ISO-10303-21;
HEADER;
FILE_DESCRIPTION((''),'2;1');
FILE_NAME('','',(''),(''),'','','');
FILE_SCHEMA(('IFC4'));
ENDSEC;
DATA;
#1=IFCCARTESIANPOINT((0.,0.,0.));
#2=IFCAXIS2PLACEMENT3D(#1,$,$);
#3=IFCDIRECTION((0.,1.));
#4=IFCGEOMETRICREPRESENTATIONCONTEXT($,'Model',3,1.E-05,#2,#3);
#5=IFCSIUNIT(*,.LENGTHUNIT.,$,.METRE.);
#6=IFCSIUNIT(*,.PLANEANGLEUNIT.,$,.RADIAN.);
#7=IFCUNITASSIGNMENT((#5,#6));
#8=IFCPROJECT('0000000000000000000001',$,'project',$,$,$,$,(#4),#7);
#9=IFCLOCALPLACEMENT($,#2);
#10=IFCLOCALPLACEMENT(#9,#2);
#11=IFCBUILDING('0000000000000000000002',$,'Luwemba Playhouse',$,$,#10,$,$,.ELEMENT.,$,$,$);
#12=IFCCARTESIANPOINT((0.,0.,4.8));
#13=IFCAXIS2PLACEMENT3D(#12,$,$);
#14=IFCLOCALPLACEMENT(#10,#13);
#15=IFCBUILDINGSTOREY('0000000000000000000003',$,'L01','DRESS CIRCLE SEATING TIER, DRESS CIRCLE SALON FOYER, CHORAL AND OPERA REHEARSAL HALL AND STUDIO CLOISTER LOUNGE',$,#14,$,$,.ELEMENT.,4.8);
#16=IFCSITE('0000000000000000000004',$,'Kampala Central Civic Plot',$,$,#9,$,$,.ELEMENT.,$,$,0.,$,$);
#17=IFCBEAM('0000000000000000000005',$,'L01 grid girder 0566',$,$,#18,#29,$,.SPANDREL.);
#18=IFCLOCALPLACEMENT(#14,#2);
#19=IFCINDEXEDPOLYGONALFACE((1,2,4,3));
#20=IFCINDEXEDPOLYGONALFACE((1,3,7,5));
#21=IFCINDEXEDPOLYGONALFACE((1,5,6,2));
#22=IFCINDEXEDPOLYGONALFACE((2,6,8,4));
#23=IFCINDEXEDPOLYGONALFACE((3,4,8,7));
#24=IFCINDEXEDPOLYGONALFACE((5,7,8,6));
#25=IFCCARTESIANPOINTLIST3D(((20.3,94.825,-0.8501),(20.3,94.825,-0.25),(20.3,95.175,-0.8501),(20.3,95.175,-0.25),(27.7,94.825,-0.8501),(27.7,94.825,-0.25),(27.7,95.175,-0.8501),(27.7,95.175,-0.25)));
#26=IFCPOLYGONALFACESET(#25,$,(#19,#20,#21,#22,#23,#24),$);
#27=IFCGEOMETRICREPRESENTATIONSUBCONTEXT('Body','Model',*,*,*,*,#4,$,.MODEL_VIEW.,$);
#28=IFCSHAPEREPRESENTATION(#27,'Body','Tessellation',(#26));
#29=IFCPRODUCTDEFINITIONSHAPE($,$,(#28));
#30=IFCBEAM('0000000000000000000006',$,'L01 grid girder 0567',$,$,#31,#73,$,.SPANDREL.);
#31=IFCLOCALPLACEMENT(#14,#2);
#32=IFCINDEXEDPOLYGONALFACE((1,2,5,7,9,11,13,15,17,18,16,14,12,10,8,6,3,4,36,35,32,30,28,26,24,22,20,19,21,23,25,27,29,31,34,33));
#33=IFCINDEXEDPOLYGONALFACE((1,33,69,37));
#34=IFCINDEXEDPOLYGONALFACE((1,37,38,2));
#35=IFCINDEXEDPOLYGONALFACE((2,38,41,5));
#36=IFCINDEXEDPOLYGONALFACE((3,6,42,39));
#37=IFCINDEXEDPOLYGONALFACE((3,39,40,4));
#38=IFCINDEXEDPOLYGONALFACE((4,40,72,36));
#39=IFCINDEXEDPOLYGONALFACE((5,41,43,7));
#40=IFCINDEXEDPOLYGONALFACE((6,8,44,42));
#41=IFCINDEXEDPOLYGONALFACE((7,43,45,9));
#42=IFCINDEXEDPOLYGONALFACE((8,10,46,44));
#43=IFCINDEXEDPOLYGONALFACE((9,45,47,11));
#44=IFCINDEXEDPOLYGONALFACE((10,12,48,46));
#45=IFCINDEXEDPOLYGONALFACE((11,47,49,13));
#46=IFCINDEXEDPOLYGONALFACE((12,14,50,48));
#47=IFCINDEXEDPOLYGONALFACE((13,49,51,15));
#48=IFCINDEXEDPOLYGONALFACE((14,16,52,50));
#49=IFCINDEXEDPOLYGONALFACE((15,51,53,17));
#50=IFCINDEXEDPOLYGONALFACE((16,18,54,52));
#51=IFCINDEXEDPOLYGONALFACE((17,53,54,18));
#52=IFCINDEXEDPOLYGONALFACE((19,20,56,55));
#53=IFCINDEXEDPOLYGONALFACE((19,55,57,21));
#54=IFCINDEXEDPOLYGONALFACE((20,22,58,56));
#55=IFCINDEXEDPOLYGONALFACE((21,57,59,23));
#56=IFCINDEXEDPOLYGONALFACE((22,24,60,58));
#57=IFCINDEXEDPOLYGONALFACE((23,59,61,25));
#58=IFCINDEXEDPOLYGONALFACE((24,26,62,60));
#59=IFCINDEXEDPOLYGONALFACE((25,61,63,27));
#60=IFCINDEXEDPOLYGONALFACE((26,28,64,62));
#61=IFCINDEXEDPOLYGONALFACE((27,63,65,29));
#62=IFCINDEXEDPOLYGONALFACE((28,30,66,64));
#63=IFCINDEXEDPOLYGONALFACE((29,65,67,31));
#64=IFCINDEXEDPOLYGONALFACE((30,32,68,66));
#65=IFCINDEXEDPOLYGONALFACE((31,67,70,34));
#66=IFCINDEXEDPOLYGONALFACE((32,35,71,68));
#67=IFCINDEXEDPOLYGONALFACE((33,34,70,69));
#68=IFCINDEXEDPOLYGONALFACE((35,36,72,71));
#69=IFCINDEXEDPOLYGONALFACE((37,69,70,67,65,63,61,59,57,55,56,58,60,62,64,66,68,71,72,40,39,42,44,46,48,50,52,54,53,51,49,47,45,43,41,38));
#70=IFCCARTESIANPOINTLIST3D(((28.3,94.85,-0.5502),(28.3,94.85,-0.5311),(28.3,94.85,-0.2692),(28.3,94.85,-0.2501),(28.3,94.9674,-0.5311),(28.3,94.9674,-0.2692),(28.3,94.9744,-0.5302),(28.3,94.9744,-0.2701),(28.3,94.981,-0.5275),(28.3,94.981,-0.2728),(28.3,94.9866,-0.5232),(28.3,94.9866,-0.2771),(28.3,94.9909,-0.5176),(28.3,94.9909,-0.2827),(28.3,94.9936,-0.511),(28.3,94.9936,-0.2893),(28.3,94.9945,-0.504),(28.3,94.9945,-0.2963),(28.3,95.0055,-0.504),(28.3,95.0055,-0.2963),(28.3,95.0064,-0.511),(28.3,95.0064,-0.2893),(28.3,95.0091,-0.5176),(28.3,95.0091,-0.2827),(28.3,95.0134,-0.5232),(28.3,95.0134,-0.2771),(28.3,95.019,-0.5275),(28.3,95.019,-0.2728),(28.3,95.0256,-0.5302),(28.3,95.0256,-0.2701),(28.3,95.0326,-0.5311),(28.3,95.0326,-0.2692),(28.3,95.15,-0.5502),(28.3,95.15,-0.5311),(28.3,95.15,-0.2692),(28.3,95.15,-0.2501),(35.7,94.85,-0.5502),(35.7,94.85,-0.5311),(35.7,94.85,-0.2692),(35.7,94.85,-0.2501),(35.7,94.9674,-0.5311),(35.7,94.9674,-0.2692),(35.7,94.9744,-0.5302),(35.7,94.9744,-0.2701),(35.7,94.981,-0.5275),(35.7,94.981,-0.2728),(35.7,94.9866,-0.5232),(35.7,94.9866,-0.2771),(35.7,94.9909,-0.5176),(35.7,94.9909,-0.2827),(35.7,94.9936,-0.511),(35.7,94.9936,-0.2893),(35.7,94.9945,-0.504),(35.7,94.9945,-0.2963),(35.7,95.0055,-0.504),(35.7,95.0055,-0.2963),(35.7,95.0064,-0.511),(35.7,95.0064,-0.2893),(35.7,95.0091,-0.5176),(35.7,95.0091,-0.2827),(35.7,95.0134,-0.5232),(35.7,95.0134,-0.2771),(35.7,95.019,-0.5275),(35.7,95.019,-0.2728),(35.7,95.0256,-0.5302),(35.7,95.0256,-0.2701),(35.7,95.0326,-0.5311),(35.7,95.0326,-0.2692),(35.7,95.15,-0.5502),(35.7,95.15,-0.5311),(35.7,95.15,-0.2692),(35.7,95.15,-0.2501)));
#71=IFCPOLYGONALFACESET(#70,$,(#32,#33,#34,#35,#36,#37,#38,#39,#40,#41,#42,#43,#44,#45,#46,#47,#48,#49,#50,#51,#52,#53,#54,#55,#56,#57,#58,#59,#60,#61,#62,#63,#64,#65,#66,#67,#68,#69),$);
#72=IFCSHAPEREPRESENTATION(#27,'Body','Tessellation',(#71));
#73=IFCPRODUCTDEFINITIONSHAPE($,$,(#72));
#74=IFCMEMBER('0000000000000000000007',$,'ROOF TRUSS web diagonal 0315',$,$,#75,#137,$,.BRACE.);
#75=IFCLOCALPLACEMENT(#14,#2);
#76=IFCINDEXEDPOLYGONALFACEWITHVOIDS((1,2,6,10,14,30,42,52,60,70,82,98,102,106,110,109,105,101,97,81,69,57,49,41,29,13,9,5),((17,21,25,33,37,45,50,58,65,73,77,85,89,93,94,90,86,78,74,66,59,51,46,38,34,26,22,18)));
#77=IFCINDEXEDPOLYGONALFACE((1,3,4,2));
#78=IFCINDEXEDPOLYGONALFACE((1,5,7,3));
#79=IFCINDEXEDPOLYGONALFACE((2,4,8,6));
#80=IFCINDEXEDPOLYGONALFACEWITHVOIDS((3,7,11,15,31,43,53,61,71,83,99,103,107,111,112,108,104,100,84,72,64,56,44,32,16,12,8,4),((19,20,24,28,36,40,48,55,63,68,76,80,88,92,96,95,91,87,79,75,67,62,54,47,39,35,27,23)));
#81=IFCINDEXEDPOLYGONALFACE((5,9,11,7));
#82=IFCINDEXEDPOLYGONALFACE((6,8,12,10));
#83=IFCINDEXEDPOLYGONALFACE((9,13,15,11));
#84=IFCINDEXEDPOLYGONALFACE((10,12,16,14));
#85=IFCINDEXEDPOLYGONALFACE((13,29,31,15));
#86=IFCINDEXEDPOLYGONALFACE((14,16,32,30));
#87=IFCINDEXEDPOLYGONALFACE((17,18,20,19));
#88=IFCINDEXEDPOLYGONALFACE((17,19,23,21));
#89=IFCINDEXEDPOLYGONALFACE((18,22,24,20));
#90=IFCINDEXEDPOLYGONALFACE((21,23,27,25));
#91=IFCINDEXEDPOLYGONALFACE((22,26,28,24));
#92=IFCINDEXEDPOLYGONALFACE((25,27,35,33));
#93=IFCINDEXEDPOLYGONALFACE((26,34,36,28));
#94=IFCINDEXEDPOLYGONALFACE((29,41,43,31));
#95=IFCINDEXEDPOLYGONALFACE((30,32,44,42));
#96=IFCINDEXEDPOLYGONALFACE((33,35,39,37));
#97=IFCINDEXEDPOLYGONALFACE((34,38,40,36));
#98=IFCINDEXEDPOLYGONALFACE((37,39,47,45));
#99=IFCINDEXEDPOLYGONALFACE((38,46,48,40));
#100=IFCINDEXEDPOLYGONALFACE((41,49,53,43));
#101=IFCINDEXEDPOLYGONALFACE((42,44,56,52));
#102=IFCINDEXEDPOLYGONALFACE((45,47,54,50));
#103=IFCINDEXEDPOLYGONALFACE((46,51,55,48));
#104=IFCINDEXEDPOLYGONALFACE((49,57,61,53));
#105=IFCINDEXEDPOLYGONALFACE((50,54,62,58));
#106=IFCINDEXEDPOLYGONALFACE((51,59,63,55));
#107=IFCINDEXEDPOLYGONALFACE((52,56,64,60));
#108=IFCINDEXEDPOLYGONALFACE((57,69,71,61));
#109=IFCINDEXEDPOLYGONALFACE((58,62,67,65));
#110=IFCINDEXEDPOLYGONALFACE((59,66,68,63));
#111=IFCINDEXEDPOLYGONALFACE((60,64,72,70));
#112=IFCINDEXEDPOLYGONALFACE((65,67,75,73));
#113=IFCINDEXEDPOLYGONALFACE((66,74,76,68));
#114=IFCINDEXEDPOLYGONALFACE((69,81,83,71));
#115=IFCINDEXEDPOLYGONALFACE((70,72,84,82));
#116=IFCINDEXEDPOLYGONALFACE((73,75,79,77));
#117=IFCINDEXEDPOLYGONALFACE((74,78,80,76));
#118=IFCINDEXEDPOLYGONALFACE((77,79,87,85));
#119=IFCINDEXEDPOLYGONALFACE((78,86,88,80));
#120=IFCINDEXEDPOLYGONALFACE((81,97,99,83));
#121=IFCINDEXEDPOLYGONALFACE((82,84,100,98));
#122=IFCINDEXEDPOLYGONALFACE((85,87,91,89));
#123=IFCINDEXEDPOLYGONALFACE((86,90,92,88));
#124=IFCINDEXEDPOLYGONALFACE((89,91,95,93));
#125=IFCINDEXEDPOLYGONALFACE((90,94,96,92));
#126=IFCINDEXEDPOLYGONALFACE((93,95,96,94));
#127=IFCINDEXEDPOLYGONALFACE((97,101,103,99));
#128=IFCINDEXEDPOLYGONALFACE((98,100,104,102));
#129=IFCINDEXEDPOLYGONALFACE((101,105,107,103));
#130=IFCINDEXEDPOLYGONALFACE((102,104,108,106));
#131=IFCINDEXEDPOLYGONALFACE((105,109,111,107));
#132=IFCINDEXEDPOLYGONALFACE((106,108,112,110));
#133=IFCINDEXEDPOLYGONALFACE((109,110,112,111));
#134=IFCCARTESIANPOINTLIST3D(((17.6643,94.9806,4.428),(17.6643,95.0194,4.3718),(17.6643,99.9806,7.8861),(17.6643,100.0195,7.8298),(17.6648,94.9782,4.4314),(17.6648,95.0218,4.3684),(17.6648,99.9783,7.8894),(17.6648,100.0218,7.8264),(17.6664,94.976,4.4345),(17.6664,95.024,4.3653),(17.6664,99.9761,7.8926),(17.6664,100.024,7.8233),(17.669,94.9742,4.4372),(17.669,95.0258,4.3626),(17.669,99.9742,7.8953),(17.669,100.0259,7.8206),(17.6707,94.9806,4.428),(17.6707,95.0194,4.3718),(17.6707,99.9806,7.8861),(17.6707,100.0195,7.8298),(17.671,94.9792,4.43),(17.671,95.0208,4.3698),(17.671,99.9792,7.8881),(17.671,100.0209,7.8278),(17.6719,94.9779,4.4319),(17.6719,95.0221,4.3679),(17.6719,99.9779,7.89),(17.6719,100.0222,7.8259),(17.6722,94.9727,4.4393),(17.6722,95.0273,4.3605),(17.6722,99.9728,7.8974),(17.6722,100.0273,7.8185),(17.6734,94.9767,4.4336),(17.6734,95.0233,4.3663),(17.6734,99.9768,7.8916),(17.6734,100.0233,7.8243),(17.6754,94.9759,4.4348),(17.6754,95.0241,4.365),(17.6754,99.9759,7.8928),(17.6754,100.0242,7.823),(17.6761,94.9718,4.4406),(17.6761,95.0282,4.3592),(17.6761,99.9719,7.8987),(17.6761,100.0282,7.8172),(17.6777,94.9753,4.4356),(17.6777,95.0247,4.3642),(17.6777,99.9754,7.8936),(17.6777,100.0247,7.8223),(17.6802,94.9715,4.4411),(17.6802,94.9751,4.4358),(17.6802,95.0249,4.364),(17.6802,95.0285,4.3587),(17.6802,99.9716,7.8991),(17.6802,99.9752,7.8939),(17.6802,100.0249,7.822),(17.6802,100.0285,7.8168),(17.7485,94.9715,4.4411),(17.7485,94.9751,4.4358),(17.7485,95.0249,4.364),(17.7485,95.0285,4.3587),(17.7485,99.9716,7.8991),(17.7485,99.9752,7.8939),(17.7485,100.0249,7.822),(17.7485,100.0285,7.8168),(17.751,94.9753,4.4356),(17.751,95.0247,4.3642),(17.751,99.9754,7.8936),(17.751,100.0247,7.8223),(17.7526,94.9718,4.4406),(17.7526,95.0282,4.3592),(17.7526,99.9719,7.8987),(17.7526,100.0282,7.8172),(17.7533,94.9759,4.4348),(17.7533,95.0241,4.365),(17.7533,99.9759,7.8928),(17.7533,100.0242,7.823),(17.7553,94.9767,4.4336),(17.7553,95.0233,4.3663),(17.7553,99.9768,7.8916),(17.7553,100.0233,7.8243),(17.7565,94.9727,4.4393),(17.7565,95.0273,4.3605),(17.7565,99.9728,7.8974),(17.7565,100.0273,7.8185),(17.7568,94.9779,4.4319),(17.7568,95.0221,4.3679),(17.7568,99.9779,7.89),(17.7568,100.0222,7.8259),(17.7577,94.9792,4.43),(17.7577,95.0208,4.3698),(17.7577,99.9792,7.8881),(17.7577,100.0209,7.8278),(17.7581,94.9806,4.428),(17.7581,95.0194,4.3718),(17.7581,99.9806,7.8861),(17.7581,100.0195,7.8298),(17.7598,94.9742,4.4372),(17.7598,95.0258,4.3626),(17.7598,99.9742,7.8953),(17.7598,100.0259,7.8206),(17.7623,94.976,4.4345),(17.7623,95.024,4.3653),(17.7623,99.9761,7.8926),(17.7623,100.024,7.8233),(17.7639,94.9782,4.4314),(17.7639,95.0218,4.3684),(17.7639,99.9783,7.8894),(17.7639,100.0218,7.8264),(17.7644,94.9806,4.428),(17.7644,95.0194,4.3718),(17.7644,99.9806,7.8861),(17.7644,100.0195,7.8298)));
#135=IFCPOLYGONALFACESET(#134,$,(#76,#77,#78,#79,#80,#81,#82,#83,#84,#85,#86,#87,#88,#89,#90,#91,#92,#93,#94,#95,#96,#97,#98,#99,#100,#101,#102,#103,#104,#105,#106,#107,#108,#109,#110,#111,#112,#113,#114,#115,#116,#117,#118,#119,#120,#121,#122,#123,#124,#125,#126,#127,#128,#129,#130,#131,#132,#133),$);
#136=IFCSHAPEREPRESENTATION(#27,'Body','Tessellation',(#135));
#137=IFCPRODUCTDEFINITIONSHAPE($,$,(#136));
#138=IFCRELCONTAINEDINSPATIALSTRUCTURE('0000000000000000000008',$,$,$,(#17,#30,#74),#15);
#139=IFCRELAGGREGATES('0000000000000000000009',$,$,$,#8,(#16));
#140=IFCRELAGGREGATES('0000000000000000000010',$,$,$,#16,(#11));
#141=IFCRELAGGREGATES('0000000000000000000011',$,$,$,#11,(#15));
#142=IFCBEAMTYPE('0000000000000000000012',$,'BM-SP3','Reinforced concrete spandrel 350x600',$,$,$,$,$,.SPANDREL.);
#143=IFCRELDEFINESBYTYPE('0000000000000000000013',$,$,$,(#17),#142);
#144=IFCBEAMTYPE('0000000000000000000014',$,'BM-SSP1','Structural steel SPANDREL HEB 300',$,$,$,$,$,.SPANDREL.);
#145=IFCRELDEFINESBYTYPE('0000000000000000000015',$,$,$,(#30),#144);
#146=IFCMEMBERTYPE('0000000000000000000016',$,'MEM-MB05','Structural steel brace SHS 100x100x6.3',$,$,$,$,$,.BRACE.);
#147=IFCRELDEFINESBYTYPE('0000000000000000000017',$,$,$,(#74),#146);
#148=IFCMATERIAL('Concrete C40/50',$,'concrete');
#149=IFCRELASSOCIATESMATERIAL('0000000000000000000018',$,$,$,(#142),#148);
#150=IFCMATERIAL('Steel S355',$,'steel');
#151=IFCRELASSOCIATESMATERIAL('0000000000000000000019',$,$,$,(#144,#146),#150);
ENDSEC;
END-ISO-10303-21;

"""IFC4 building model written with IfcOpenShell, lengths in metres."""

from ifc_helpers import new_model, si_unit, direction, frame, origin, origin_2d, place, context, subcontext, project, spatial, rectangle, hollow_rectangle, i_section, extrude, material, material_profile, profile_set, type_object, element, save


model = new_model("IFC4")

# Units and contexts
model_context = context("Model", 3, precision=1e-05, world=origin(), true_north=direction((0.0, 1.0)))
body_context = subcontext(model_context, "Body", "Model", "MODEL_VIEW")
ifc_project = project(units=[si_unit("LENGTHUNIT", "METRE"), si_unit("PLANEANGLEUNIT", "RADIAN")], contexts=[model_context])

# Site, building, storey
site_placement = place(None, origin())
site = spatial("IfcSite", under=ifc_project, at=site_placement, Name="Kampala Central Civic Plot", CompositionType="ELEMENT", RefElevation=0.0)
building_placement = place(site_placement, origin())
building = spatial("IfcBuilding", under=site, at=building_placement, Name="Luwemba Playhouse", CompositionType="ELEMENT")
storey_placement = place(building_placement, frame((0.0, 0.0, 4.8)))
storey = spatial("IfcBuildingStorey", under=building, at=storey_placement, Name="L01", Description="DRESS CIRCLE SEATING TIER, DRESS CIRCLE SALON FOYER, CHORAL AND OPERA REHEARSAL HALL AND STUDIO CLOISTER LOUNGE", CompositionType="ELEMENT", Elevation=4.8)

# Shared definitions
ifc_material_1 = material(Name="Concrete C40/50", Category="concrete")

# Beams
ifc_material_2 = material(Name="Steel S355", Category="steel")
ifc_material_profile_1 = material_profile(ifc_material_1, rectangle(XDim=0.3501, YDim=0.6001, at=origin_2d()))
ifc_profile_set_1 = profile_set([ifc_material_profile_1], Name="Concrete C40/50")
beam_type_1 = type_object("IfcBeamType", Name="BM-SP3", Description="Reinforced concrete spandrel 350x600", PredefinedType="SPANDREL", material=ifc_profile_set_1)
beam_1_placement = place(storey_placement, frame((20.3, 95.0, -0.55), z_axis=(1.0, 0.0, 0.0), x_axis=(0.0, 1.0, 0.0)))
element("IfcBeam", 1, at=beam_1_placement, inside=storey, type_object=beam_type_1, Name="L01 grid girder 0566", PredefinedType="SPANDREL", context=body_context, shape_type="SweptSolid", body=[
    extrude(rectangle(XDim=0.3501, YDim=0.6001, at=origin_2d()), origin(), (0.0, 0.0, 1.0), 7.3999),
])
ifc_material_profile_2 = material_profile(ifc_material_2, i_section(OverallWidth=0.3, OverallDepth=0.3, WebThickness=0.011, FlangeThickness=0.019, FilletRadius=0.0271, at=origin_2d()))
ifc_profile_set_2 = profile_set([ifc_material_profile_2], Name="Steel S355")
beam_type_2 = type_object("IfcBeamType", Name="BM-SSP1", Description="Structural steel SPANDREL HEB 300", PredefinedType="SPANDREL", material=ifc_profile_set_2)
beam_2_placement = place(storey_placement, frame((28.3, 95.0, -0.4001), z_axis=(1.0, 0.0, 0.0), x_axis=(0.0, 1.0, 0.0)))
element("IfcBeam", 2, at=beam_2_placement, inside=storey, type_object=beam_type_2, Name="L01 grid girder 0567", PredefinedType="SPANDREL", context=body_context, shape_type="SweptSolid", body=[
    extrude(i_section(OverallWidth=0.3, OverallDepth=0.3, WebThickness=0.011, FlangeThickness=0.019, FilletRadius=0.0271, at=origin_2d()), origin(), (0.0, 0.0, 1.0), 7.3999),
])

# Member
ifc_material_profile_3 = material_profile(ifc_material_2, hollow_rectangle(XDim=0.1001, YDim=0.1001, WallThickness=0.0063, InnerFilletRadius=0.0095, OuterFilletRadius=0.0159, at=origin_2d()))
ifc_profile_set_3 = profile_set([ifc_material_profile_3], Name="Steel S355")
member_type_1 = type_object("IfcMemberType", Name="MEM-MB05", Description="Structural steel brace SHS 100x100x6.3", PredefinedType="BRACE", material=ifc_profile_set_3)
member_1_placement = place(storey_placement, frame((17.7144, 95.0, 4.3999), z_axis=(0.0, 0.822464, 0.568817), x_axis=(-1.0, 0.0, 0.0)))
element("IfcMember", 3, at=member_1_placement, inside=storey, type_object=member_type_1, Name="ROOF TRUSS web diagonal 0315", PredefinedType="BRACE", context=body_context, shape_type="SweptSolid", body=[
    extrude(hollow_rectangle(XDim=0.1001, YDim=0.1001, WallThickness=0.0063, InnerFilletRadius=0.0095, OuterFilletRadius=0.0159, at=origin_2d()), origin(), (0.0, 0.0, 1.0), 6.0793),
])

save(model, "model.ifc")
